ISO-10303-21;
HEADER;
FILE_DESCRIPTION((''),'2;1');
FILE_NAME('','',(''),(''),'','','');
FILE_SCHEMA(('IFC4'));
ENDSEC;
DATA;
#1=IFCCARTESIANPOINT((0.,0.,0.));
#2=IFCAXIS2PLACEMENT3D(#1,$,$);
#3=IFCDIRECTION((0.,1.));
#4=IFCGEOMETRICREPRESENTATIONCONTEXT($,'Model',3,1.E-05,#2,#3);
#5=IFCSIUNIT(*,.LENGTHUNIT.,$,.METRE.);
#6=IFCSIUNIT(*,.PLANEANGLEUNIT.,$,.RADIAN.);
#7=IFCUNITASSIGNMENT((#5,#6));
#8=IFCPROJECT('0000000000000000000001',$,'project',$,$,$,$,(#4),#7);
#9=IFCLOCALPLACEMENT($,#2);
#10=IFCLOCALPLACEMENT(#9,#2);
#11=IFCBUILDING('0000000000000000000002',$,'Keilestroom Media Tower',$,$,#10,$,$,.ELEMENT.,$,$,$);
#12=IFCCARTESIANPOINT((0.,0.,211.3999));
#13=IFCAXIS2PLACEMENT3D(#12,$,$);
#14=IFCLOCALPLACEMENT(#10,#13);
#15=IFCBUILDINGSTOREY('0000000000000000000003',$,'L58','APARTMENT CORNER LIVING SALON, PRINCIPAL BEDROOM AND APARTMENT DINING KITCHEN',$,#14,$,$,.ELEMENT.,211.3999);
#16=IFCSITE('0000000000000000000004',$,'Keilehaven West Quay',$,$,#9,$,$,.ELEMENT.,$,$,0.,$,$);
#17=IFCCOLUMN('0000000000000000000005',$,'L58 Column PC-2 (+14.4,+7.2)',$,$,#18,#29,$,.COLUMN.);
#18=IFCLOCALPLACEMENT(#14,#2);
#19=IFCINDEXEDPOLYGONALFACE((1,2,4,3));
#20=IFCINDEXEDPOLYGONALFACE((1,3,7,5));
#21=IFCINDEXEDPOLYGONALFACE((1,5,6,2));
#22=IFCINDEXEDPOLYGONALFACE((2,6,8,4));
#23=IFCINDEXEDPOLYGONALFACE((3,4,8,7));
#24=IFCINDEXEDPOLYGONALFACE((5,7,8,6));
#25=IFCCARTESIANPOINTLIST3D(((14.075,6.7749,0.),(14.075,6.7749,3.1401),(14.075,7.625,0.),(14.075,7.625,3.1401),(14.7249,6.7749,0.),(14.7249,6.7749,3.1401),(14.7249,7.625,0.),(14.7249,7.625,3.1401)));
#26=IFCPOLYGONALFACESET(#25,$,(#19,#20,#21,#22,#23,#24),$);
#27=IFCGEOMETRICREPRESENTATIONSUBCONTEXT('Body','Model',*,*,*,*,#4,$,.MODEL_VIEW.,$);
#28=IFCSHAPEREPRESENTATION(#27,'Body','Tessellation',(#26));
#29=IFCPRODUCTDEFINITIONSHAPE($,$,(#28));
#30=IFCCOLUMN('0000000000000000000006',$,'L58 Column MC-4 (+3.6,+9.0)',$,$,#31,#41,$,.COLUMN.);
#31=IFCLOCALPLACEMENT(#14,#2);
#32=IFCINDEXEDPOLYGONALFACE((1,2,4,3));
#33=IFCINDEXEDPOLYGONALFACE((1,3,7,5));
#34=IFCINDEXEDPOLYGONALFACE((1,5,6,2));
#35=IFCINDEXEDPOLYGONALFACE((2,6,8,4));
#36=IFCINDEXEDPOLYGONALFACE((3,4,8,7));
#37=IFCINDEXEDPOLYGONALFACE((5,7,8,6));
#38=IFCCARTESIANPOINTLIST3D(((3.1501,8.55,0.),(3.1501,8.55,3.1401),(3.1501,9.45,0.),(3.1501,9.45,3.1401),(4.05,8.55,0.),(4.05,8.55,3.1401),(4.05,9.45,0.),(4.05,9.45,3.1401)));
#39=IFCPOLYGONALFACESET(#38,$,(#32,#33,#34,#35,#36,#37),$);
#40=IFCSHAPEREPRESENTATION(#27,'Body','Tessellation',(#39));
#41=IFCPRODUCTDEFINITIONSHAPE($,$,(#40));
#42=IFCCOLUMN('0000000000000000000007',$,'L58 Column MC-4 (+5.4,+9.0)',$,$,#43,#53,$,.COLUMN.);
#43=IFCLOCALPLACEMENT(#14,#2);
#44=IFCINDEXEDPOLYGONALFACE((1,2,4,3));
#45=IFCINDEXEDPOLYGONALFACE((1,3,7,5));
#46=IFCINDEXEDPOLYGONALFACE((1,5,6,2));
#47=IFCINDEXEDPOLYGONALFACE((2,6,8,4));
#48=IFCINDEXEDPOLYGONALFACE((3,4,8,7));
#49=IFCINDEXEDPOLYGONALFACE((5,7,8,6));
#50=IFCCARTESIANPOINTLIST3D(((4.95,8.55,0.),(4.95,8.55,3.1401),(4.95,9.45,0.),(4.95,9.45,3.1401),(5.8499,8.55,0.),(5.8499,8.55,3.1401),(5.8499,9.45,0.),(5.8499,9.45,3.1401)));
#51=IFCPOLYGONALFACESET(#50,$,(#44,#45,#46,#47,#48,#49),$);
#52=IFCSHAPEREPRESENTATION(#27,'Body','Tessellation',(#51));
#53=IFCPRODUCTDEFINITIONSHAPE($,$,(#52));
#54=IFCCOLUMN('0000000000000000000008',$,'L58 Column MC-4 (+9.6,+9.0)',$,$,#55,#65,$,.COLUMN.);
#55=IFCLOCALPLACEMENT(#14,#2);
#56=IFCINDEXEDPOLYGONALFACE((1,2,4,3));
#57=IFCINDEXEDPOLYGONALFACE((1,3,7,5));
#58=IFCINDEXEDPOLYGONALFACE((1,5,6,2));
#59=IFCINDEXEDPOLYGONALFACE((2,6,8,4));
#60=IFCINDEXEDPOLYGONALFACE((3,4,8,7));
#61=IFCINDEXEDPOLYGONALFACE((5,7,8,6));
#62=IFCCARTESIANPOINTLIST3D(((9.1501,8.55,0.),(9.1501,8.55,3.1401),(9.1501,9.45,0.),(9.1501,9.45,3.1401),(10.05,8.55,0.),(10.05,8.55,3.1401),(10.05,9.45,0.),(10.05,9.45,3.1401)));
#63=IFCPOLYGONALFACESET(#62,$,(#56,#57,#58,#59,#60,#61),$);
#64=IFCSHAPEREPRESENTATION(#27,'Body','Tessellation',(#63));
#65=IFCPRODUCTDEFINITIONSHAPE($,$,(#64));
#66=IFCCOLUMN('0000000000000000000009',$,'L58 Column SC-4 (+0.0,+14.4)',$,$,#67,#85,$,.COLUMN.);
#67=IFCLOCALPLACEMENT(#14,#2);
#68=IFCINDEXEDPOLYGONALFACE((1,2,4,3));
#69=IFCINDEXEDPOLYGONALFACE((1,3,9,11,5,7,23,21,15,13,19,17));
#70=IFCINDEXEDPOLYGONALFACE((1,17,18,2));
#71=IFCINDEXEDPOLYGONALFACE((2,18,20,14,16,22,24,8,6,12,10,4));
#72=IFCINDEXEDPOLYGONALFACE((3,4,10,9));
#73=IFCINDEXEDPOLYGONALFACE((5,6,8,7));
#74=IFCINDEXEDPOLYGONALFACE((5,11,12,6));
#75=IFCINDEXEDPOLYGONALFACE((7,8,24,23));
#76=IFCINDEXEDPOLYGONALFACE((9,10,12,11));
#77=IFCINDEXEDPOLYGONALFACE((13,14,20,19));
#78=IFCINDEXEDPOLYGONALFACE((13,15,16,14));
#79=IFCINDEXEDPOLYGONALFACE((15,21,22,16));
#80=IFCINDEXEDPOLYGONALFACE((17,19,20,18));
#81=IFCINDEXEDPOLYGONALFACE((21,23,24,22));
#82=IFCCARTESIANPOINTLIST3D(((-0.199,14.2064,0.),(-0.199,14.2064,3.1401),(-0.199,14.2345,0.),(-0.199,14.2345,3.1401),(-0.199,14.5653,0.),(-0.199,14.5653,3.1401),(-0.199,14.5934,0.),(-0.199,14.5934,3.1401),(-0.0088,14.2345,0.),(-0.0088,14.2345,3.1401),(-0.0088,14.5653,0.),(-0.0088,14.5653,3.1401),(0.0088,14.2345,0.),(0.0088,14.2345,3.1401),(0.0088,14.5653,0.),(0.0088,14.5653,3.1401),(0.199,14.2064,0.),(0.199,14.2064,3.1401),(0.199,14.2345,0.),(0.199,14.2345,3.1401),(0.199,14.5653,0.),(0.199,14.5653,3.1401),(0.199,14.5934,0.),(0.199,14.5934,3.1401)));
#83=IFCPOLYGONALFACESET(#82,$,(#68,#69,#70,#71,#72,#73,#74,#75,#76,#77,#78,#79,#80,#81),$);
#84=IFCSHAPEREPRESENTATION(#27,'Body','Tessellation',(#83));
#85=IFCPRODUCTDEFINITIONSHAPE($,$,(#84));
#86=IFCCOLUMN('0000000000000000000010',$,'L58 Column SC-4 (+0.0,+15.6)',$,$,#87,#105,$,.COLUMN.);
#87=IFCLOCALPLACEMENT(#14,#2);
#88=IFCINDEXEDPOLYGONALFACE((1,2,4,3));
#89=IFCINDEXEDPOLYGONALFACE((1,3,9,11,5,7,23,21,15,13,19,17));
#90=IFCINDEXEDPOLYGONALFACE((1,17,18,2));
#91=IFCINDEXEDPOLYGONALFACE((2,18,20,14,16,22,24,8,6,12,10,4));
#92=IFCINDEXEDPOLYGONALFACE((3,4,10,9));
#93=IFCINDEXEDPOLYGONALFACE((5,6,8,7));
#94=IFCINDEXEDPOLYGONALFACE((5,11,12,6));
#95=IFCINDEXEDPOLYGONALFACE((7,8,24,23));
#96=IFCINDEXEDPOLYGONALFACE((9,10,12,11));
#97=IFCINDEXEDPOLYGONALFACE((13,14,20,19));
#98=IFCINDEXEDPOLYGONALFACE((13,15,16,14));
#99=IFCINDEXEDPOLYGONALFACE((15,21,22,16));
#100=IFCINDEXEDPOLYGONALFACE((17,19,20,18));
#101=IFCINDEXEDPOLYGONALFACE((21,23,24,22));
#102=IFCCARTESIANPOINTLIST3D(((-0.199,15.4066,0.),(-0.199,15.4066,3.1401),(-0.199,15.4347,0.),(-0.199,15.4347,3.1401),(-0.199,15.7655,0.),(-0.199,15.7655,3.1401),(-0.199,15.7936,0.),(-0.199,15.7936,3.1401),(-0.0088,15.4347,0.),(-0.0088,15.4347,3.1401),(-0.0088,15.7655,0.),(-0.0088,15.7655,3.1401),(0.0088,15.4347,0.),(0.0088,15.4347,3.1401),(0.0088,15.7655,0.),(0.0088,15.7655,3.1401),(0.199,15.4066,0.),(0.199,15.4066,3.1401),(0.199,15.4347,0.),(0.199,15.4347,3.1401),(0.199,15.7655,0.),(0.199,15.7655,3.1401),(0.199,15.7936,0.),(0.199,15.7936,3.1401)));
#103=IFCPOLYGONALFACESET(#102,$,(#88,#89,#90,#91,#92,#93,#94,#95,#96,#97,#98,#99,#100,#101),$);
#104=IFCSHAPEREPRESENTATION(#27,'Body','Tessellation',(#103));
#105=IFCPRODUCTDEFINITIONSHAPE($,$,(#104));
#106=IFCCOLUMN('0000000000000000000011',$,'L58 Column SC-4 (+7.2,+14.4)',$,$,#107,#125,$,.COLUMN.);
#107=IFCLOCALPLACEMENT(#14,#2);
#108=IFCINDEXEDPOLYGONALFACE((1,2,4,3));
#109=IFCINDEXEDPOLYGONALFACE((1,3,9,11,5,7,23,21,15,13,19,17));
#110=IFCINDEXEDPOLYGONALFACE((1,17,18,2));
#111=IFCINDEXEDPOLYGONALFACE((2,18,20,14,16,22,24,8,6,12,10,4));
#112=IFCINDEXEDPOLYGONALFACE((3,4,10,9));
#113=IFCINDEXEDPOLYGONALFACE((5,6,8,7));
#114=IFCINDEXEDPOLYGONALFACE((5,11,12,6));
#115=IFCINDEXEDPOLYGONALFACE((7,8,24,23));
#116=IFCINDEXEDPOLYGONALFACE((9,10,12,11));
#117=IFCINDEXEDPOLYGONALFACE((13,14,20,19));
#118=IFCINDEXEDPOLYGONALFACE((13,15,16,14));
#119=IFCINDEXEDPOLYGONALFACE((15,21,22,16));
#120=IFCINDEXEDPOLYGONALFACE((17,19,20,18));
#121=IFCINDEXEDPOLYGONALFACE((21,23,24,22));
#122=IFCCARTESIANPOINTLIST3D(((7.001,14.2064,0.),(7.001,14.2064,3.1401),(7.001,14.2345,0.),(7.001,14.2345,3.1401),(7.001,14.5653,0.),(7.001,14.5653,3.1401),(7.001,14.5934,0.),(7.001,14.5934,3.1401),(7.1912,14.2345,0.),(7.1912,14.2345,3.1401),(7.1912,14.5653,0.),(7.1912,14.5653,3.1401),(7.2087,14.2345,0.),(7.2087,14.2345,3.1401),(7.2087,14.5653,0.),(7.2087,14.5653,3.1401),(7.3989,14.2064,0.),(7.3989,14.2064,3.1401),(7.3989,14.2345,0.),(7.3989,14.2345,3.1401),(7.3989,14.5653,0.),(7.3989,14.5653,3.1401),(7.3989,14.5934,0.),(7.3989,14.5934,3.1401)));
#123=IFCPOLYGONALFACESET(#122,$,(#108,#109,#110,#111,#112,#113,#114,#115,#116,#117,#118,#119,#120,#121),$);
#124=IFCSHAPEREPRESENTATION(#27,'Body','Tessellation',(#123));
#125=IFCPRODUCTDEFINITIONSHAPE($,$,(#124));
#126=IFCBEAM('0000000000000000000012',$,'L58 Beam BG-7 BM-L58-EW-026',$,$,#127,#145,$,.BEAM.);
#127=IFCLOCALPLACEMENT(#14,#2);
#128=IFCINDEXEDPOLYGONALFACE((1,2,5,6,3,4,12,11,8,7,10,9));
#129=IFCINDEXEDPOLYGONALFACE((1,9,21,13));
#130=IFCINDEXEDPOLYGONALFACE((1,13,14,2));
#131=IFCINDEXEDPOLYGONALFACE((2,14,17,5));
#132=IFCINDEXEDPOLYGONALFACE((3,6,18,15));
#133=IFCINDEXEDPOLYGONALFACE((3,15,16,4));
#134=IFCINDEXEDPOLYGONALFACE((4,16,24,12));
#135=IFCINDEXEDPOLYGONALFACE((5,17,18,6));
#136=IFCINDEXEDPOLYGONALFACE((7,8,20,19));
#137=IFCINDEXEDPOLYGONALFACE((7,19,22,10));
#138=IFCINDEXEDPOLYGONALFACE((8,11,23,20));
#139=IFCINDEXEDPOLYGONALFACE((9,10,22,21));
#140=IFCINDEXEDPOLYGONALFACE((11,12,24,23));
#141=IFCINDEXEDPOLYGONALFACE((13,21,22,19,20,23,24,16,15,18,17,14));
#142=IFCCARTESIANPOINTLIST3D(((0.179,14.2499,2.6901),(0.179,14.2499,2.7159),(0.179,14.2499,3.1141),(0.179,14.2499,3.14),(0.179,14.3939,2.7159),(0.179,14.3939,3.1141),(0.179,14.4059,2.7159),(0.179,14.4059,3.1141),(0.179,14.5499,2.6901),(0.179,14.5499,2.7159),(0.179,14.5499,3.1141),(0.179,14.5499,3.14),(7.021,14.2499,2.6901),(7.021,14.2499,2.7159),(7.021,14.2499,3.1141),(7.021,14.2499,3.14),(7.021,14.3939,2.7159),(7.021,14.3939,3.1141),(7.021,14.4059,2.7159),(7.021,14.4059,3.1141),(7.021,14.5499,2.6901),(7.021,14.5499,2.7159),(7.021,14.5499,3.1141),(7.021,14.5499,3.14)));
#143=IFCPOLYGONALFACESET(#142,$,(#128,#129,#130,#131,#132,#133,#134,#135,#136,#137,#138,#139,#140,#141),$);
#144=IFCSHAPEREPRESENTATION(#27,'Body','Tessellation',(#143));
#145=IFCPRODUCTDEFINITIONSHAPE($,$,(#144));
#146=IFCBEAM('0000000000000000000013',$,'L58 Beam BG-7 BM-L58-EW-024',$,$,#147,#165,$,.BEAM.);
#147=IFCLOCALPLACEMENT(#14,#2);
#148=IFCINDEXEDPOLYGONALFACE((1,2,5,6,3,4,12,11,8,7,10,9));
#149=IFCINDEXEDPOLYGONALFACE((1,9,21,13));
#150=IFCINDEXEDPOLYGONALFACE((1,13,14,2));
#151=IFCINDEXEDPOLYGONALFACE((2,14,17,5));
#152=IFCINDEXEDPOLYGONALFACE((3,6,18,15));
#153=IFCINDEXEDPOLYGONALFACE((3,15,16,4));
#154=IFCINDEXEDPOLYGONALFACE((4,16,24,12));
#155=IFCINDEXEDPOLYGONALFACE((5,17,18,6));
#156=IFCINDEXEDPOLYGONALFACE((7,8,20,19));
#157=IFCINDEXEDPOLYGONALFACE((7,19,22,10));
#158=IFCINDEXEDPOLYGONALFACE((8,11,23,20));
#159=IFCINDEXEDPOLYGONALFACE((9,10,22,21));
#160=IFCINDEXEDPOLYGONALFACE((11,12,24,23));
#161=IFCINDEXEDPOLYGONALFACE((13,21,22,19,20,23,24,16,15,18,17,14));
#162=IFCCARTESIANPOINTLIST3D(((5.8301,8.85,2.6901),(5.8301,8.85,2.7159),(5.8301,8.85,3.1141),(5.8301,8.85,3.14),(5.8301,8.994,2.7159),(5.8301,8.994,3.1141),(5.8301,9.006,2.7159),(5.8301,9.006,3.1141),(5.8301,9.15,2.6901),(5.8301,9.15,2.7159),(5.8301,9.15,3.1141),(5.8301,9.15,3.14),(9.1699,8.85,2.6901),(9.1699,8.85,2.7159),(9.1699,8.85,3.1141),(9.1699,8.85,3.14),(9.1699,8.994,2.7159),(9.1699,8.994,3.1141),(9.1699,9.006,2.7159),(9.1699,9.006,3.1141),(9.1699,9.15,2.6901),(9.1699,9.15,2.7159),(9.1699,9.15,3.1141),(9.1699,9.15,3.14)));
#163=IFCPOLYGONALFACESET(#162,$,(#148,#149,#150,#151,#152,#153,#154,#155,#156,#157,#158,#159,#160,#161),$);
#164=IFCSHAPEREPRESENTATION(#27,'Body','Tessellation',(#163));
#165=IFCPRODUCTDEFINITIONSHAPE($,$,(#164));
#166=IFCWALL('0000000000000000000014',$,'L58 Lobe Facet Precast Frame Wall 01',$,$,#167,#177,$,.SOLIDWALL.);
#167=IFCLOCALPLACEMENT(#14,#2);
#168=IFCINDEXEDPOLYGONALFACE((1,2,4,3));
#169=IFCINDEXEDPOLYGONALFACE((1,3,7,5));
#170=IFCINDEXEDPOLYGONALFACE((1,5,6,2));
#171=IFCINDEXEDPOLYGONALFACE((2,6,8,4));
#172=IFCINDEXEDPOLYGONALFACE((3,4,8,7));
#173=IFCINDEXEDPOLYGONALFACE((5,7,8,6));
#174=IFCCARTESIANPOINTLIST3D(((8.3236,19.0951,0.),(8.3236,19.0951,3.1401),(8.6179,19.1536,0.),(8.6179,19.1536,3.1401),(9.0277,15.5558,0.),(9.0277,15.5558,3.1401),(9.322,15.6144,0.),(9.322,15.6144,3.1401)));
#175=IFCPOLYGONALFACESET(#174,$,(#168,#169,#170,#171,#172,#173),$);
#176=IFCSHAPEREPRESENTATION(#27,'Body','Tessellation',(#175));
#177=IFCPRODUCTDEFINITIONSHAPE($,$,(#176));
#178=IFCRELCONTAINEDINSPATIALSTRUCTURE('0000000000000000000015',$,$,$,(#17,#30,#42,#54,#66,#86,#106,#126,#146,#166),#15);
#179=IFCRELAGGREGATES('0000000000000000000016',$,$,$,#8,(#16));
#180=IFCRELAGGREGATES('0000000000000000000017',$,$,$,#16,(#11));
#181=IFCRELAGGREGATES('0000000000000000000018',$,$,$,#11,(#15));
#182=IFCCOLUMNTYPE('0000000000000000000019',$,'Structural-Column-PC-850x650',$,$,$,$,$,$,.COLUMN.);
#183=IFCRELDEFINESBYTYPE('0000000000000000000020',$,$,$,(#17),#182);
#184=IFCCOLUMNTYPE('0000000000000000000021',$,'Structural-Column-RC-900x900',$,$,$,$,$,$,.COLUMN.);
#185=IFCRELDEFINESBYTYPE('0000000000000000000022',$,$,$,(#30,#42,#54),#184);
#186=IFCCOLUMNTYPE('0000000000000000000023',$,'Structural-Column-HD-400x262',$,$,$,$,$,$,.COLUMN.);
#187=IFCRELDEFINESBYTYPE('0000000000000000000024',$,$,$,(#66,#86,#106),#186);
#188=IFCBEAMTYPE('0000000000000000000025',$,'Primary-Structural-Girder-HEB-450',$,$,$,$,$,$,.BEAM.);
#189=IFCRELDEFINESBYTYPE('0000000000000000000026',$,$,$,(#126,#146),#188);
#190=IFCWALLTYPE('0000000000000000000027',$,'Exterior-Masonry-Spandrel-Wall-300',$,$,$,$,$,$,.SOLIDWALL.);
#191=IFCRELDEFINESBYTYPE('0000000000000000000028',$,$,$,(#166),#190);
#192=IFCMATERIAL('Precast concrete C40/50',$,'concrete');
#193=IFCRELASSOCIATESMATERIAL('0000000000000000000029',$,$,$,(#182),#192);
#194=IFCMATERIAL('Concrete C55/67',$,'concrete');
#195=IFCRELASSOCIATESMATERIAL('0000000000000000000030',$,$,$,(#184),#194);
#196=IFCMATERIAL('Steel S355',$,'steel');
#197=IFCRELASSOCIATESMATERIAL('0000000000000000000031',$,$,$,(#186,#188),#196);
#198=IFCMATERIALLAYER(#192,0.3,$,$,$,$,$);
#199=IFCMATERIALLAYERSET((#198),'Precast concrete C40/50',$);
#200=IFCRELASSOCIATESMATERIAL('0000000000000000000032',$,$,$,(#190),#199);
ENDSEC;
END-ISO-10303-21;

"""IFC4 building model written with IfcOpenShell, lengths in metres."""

from ifc_helpers import new_model, si_unit, direction, frame, frame_2d, origin, origin_2d, place, context, subcontext, project, spatial, rectangle, i_section, extrude, source, transform, mapped, material, layer, layer_set, material_profile, profile_set, type_object, element, save


model = new_model("IFC4")

# Units and contexts
model_context = context("Model", 3, precision=1e-05, world=origin(), true_north=direction((0.0, 1.0)))
body_context = subcontext(model_context, "Body", "Model", "MODEL_VIEW")
ifc_project = project(units=[si_unit("LENGTHUNIT", "METRE"), si_unit("PLANEANGLEUNIT", "RADIAN")], contexts=[model_context])

# Site, building, storey
site_placement = place(None, origin())
site = spatial("IfcSite", under=ifc_project, at=site_placement, Name="Keilehaven West Quay", CompositionType="ELEMENT", RefElevation=0.0)
building_placement = place(site_placement, origin())
building = spatial("IfcBuilding", under=site, at=building_placement, Name="Keilestroom Media Tower", CompositionType="ELEMENT")
storey_placement = place(building_placement, frame((0.0, 0.0, 211.3999)))
storey = spatial("IfcBuildingStorey", under=building, at=storey_placement, Name="L58", Description="APARTMENT CORNER LIVING SALON, PRINCIPAL BEDROOM AND APARTMENT DINING KITCHEN", CompositionType="ELEMENT", Elevation=211.3999)

# Columns
ifc_material_1 = material(Name="Precast concrete C40/50", Category="concrete")
ifc_material_profile_1 = material_profile(ifc_material_1, rectangle(XDim=0.6499, YDim=0.8501, at=origin_2d()), Name="PC 850x650")
ifc_profile_set_1 = profile_set([ifc_material_profile_1], Name="Precast concrete C40/50")
column_type_1 = type_object("IfcColumnType", Name="Structural-Column-PC-850x650", PredefinedType="COLUMN", material=ifc_profile_set_1)
shared_shape_1 = source(origin(), body_context, "Body", "SweptSolid", [
    extrude(rectangle(XDim=0.6499, YDim=0.8501, at=origin_2d()), origin(), (0.0, 0.0, 1.0), 3.1401),
])
column_placement = place(storey_placement, frame((14.3999, 7.2, 0.0), z_axis=(0.0, 0.0, 1.0), x_axis=(1.0, 0.0, 0.0)))
element("IfcColumn", 1, at=column_placement, inside=storey, type_object=column_type_1, Name="L58 Column PC-2 (+14.4,+7.2)", PredefinedType="COLUMN", context=body_context, shape_type="MappedRepresentation", body=[
    mapped(shared_shape_1, transform((0.0, 0.0, 0.0), x_axis=(1.0, 0.0, 0.0), y_axis=(0.0, 1.0, 0.0), z_axis=(0.0, 0.0, 1.0), scale=1.0)),
])
ifc_material_2 = material(Name="Concrete C55/67", Category="concrete")
ifc_material_profile_2 = material_profile(ifc_material_2, rectangle(XDim=0.8999, YDim=0.8999, at=origin_2d()), Name="RC 900x900")
ifc_profile_set_2 = profile_set([ifc_material_profile_2], Name="Concrete C55/67")
column_type_2 = type_object("IfcColumnType", Name="Structural-Column-RC-900x900", PredefinedType="COLUMN", material=ifc_profile_set_2)
shared_shape_2 = source(origin(), body_context, "Body", "SweptSolid", [
    extrude(rectangle(XDim=0.8999, YDim=0.8999, at=origin_2d()), origin(), (0.0, 0.0, 1.0), 3.1401),
])
for number, where, z_axis, x_axis, name in (
    (2, (3.6001, 9.0, 0.0), (0.0, 0.0, 1.0), (1.0, 0.0, 0.0), "L58 Column MC-4 (+3.6,+9.0)"),
    (3, (5.3999, 9.0, 0.0), (0.0, 0.0, 1.0), (1.0, 0.0, 0.0), "L58 Column MC-4 (+5.4,+9.0)"),
    (4, (9.6001, 9.0, 0.0), (0.0, 0.0, 1.0), (1.0, 0.0, 0.0), "L58 Column MC-4 (+9.6,+9.0)"),
):
    element("IfcColumn", number, at=place(storey_placement, frame(where, z_axis=z_axis, x_axis=x_axis)), inside=storey, type_object=column_type_2, Name=name, PredefinedType="COLUMN", context=body_context, shape_type="MappedRepresentation", body=[
        mapped(shared_shape_2, transform((0.0, 0.0, 0.0), x_axis=(1.0, 0.0, 0.0), y_axis=(0.0, 1.0, 0.0), z_axis=(0.0, 0.0, 1.0), scale=1.0)),
    ])
ifc_material_3 = material(Name="Steel S355", Category="steel")
ifc_material_profile_3 = material_profile(ifc_material_3, i_section(OverallWidth=0.3979, OverallDepth=0.387, WebThickness=0.0176, FlangeThickness=0.0281, at=origin_2d()), Name="HD 400x262")
ifc_profile_set_3 = profile_set([ifc_material_profile_3], Name="Steel S355")
column_type_3 = type_object("IfcColumnType", Name="Structural-Column-HD-400x262", PredefinedType="COLUMN", material=ifc_profile_set_3)
shared_shape_3 = source(origin(), body_context, "Body", "SweptSolid", [
    extrude(i_section(OverallWidth=0.3979, OverallDepth=0.387, WebThickness=0.0176, FlangeThickness=0.0281, at=origin_2d()), origin(), (0.0, 0.0, 1.0), 3.1401),
])
for number, where, z_axis, x_axis, name in (
    (5, (0.0, 14.3999, 0.0), (0.0, 0.0, 1.0), (1.0, 0.0, 0.0), "L58 Column SC-4 (+0.0,+14.4)"),
    (6, (0.0, 15.6001, 0.0), (0.0, 0.0, 1.0), (1.0, 0.0, 0.0), "L58 Column SC-4 (+0.0,+15.6)"),
    (7, (7.2, 14.3999, 0.0), (0.0, 0.0, 1.0), (1.0, 0.0, 0.0), "L58 Column SC-4 (+7.2,+14.4)"),
):
    element("IfcColumn", number, at=place(storey_placement, frame(where, z_axis=z_axis, x_axis=x_axis)), inside=storey, type_object=column_type_3, Name=name, PredefinedType="COLUMN", context=body_context, shape_type="MappedRepresentation", body=[
        mapped(shared_shape_3, transform((0.0, 0.0, 0.0), x_axis=(1.0, 0.0, 0.0), y_axis=(0.0, 1.0, 0.0), z_axis=(0.0, 0.0, 1.0), scale=1.0)),
    ])

# Beams
ifc_material_profile_4 = material_profile(ifc_material_3, i_section(OverallWidth=0.3, OverallDepth=0.45, WebThickness=0.012, FlangeThickness=0.0259, at=origin_2d()), Name="HEB 450")
ifc_profile_set_4 = profile_set([ifc_material_profile_4], Name="Steel S355")
beam_type = type_object("IfcBeamType", Name="Primary-Structural-Girder-HEB-450", PredefinedType="BEAM", material=ifc_profile_set_4)
shared_shape_4 = source(origin(), body_context, "Body", "SweptSolid", [
    extrude(i_section(OverallWidth=0.3, OverallDepth=0.45, WebThickness=0.012, FlangeThickness=0.0259, at=origin_2d()), origin(), (0.0, 0.0, 1.0), 6.842),
])
beam_1_placement = place(storey_placement, frame((0.179, 14.3999, 2.915), z_axis=(1.0, 0.0, 0.0), x_axis=(0.0, 1.0, 0.0)))
element("IfcBeam", 8, at=beam_1_placement, inside=storey, type_object=beam_type, Name="L58 Beam BG-7 BM-L58-EW-026", PredefinedType="BEAM", context=body_context, shape_type="MappedRepresentation", body=[
    mapped(shared_shape_4, transform((0.0, 0.0, 0.0), x_axis=(1.0, 0.0, 0.0), y_axis=(0.0, 1.0, 0.0), z_axis=(0.0, 0.0, 1.0), scale=1.0)),
])
shared_shape_5 = source(origin(), body_context, "Body", "SweptSolid", [
    extrude(i_section(OverallWidth=0.3, OverallDepth=0.45, WebThickness=0.012, FlangeThickness=0.0259, at=origin_2d()), origin(), (0.0, 0.0, 1.0), 3.3398),
])
beam_2_placement = place(storey_placement, frame((5.8301, 9.0, 2.915), z_axis=(1.0, 0.0, 0.0), x_axis=(0.0, 1.0, 0.0)))
element("IfcBeam", 9, at=beam_2_placement, inside=storey, type_object=beam_type, Name="L58 Beam BG-7 BM-L58-EW-024", PredefinedType="BEAM", context=body_context, shape_type="MappedRepresentation", body=[
    mapped(shared_shape_5, transform((0.0, 0.0, 0.0), x_axis=(1.0, 0.0, 0.0), y_axis=(0.0, 1.0, 0.0), z_axis=(0.0, 0.0, 1.0), scale=1.0)),
])

# Wall
ifc_layer_1 = layer(ifc_material_1, 0.3)
ifc_layer_set_1 = layer_set([ifc_layer_1], Name="Precast concrete C40/50")
wall_type_1 = type_object("IfcWallType", Name="Exterior-Masonry-Spandrel-Wall-300", PredefinedType="SOLIDWALL", material=ifc_layer_set_1)
wall_1_placement = place(storey_placement, frame((9.1748, 15.5852, 0.0), z_axis=(0.0, 0.0, 1.0), x_axis=(-0.195114, 0.980781, 0.0)))
element("IfcWall", 10, at=wall_1_placement, inside=storey, type_object=wall_type_1, Name="L58 Lobe Facet Precast Frame Wall 01", PredefinedType="SOLIDWALL", context=body_context, shape_type="SweptSolid", body=[
    extrude(rectangle(XDim=3.6086, YDim=0.3, at=frame_2d((1.8042, 0.0))), origin(), (0.0, 0.0, 1.0), 3.1401),
])

save(model, "model.ifc")
